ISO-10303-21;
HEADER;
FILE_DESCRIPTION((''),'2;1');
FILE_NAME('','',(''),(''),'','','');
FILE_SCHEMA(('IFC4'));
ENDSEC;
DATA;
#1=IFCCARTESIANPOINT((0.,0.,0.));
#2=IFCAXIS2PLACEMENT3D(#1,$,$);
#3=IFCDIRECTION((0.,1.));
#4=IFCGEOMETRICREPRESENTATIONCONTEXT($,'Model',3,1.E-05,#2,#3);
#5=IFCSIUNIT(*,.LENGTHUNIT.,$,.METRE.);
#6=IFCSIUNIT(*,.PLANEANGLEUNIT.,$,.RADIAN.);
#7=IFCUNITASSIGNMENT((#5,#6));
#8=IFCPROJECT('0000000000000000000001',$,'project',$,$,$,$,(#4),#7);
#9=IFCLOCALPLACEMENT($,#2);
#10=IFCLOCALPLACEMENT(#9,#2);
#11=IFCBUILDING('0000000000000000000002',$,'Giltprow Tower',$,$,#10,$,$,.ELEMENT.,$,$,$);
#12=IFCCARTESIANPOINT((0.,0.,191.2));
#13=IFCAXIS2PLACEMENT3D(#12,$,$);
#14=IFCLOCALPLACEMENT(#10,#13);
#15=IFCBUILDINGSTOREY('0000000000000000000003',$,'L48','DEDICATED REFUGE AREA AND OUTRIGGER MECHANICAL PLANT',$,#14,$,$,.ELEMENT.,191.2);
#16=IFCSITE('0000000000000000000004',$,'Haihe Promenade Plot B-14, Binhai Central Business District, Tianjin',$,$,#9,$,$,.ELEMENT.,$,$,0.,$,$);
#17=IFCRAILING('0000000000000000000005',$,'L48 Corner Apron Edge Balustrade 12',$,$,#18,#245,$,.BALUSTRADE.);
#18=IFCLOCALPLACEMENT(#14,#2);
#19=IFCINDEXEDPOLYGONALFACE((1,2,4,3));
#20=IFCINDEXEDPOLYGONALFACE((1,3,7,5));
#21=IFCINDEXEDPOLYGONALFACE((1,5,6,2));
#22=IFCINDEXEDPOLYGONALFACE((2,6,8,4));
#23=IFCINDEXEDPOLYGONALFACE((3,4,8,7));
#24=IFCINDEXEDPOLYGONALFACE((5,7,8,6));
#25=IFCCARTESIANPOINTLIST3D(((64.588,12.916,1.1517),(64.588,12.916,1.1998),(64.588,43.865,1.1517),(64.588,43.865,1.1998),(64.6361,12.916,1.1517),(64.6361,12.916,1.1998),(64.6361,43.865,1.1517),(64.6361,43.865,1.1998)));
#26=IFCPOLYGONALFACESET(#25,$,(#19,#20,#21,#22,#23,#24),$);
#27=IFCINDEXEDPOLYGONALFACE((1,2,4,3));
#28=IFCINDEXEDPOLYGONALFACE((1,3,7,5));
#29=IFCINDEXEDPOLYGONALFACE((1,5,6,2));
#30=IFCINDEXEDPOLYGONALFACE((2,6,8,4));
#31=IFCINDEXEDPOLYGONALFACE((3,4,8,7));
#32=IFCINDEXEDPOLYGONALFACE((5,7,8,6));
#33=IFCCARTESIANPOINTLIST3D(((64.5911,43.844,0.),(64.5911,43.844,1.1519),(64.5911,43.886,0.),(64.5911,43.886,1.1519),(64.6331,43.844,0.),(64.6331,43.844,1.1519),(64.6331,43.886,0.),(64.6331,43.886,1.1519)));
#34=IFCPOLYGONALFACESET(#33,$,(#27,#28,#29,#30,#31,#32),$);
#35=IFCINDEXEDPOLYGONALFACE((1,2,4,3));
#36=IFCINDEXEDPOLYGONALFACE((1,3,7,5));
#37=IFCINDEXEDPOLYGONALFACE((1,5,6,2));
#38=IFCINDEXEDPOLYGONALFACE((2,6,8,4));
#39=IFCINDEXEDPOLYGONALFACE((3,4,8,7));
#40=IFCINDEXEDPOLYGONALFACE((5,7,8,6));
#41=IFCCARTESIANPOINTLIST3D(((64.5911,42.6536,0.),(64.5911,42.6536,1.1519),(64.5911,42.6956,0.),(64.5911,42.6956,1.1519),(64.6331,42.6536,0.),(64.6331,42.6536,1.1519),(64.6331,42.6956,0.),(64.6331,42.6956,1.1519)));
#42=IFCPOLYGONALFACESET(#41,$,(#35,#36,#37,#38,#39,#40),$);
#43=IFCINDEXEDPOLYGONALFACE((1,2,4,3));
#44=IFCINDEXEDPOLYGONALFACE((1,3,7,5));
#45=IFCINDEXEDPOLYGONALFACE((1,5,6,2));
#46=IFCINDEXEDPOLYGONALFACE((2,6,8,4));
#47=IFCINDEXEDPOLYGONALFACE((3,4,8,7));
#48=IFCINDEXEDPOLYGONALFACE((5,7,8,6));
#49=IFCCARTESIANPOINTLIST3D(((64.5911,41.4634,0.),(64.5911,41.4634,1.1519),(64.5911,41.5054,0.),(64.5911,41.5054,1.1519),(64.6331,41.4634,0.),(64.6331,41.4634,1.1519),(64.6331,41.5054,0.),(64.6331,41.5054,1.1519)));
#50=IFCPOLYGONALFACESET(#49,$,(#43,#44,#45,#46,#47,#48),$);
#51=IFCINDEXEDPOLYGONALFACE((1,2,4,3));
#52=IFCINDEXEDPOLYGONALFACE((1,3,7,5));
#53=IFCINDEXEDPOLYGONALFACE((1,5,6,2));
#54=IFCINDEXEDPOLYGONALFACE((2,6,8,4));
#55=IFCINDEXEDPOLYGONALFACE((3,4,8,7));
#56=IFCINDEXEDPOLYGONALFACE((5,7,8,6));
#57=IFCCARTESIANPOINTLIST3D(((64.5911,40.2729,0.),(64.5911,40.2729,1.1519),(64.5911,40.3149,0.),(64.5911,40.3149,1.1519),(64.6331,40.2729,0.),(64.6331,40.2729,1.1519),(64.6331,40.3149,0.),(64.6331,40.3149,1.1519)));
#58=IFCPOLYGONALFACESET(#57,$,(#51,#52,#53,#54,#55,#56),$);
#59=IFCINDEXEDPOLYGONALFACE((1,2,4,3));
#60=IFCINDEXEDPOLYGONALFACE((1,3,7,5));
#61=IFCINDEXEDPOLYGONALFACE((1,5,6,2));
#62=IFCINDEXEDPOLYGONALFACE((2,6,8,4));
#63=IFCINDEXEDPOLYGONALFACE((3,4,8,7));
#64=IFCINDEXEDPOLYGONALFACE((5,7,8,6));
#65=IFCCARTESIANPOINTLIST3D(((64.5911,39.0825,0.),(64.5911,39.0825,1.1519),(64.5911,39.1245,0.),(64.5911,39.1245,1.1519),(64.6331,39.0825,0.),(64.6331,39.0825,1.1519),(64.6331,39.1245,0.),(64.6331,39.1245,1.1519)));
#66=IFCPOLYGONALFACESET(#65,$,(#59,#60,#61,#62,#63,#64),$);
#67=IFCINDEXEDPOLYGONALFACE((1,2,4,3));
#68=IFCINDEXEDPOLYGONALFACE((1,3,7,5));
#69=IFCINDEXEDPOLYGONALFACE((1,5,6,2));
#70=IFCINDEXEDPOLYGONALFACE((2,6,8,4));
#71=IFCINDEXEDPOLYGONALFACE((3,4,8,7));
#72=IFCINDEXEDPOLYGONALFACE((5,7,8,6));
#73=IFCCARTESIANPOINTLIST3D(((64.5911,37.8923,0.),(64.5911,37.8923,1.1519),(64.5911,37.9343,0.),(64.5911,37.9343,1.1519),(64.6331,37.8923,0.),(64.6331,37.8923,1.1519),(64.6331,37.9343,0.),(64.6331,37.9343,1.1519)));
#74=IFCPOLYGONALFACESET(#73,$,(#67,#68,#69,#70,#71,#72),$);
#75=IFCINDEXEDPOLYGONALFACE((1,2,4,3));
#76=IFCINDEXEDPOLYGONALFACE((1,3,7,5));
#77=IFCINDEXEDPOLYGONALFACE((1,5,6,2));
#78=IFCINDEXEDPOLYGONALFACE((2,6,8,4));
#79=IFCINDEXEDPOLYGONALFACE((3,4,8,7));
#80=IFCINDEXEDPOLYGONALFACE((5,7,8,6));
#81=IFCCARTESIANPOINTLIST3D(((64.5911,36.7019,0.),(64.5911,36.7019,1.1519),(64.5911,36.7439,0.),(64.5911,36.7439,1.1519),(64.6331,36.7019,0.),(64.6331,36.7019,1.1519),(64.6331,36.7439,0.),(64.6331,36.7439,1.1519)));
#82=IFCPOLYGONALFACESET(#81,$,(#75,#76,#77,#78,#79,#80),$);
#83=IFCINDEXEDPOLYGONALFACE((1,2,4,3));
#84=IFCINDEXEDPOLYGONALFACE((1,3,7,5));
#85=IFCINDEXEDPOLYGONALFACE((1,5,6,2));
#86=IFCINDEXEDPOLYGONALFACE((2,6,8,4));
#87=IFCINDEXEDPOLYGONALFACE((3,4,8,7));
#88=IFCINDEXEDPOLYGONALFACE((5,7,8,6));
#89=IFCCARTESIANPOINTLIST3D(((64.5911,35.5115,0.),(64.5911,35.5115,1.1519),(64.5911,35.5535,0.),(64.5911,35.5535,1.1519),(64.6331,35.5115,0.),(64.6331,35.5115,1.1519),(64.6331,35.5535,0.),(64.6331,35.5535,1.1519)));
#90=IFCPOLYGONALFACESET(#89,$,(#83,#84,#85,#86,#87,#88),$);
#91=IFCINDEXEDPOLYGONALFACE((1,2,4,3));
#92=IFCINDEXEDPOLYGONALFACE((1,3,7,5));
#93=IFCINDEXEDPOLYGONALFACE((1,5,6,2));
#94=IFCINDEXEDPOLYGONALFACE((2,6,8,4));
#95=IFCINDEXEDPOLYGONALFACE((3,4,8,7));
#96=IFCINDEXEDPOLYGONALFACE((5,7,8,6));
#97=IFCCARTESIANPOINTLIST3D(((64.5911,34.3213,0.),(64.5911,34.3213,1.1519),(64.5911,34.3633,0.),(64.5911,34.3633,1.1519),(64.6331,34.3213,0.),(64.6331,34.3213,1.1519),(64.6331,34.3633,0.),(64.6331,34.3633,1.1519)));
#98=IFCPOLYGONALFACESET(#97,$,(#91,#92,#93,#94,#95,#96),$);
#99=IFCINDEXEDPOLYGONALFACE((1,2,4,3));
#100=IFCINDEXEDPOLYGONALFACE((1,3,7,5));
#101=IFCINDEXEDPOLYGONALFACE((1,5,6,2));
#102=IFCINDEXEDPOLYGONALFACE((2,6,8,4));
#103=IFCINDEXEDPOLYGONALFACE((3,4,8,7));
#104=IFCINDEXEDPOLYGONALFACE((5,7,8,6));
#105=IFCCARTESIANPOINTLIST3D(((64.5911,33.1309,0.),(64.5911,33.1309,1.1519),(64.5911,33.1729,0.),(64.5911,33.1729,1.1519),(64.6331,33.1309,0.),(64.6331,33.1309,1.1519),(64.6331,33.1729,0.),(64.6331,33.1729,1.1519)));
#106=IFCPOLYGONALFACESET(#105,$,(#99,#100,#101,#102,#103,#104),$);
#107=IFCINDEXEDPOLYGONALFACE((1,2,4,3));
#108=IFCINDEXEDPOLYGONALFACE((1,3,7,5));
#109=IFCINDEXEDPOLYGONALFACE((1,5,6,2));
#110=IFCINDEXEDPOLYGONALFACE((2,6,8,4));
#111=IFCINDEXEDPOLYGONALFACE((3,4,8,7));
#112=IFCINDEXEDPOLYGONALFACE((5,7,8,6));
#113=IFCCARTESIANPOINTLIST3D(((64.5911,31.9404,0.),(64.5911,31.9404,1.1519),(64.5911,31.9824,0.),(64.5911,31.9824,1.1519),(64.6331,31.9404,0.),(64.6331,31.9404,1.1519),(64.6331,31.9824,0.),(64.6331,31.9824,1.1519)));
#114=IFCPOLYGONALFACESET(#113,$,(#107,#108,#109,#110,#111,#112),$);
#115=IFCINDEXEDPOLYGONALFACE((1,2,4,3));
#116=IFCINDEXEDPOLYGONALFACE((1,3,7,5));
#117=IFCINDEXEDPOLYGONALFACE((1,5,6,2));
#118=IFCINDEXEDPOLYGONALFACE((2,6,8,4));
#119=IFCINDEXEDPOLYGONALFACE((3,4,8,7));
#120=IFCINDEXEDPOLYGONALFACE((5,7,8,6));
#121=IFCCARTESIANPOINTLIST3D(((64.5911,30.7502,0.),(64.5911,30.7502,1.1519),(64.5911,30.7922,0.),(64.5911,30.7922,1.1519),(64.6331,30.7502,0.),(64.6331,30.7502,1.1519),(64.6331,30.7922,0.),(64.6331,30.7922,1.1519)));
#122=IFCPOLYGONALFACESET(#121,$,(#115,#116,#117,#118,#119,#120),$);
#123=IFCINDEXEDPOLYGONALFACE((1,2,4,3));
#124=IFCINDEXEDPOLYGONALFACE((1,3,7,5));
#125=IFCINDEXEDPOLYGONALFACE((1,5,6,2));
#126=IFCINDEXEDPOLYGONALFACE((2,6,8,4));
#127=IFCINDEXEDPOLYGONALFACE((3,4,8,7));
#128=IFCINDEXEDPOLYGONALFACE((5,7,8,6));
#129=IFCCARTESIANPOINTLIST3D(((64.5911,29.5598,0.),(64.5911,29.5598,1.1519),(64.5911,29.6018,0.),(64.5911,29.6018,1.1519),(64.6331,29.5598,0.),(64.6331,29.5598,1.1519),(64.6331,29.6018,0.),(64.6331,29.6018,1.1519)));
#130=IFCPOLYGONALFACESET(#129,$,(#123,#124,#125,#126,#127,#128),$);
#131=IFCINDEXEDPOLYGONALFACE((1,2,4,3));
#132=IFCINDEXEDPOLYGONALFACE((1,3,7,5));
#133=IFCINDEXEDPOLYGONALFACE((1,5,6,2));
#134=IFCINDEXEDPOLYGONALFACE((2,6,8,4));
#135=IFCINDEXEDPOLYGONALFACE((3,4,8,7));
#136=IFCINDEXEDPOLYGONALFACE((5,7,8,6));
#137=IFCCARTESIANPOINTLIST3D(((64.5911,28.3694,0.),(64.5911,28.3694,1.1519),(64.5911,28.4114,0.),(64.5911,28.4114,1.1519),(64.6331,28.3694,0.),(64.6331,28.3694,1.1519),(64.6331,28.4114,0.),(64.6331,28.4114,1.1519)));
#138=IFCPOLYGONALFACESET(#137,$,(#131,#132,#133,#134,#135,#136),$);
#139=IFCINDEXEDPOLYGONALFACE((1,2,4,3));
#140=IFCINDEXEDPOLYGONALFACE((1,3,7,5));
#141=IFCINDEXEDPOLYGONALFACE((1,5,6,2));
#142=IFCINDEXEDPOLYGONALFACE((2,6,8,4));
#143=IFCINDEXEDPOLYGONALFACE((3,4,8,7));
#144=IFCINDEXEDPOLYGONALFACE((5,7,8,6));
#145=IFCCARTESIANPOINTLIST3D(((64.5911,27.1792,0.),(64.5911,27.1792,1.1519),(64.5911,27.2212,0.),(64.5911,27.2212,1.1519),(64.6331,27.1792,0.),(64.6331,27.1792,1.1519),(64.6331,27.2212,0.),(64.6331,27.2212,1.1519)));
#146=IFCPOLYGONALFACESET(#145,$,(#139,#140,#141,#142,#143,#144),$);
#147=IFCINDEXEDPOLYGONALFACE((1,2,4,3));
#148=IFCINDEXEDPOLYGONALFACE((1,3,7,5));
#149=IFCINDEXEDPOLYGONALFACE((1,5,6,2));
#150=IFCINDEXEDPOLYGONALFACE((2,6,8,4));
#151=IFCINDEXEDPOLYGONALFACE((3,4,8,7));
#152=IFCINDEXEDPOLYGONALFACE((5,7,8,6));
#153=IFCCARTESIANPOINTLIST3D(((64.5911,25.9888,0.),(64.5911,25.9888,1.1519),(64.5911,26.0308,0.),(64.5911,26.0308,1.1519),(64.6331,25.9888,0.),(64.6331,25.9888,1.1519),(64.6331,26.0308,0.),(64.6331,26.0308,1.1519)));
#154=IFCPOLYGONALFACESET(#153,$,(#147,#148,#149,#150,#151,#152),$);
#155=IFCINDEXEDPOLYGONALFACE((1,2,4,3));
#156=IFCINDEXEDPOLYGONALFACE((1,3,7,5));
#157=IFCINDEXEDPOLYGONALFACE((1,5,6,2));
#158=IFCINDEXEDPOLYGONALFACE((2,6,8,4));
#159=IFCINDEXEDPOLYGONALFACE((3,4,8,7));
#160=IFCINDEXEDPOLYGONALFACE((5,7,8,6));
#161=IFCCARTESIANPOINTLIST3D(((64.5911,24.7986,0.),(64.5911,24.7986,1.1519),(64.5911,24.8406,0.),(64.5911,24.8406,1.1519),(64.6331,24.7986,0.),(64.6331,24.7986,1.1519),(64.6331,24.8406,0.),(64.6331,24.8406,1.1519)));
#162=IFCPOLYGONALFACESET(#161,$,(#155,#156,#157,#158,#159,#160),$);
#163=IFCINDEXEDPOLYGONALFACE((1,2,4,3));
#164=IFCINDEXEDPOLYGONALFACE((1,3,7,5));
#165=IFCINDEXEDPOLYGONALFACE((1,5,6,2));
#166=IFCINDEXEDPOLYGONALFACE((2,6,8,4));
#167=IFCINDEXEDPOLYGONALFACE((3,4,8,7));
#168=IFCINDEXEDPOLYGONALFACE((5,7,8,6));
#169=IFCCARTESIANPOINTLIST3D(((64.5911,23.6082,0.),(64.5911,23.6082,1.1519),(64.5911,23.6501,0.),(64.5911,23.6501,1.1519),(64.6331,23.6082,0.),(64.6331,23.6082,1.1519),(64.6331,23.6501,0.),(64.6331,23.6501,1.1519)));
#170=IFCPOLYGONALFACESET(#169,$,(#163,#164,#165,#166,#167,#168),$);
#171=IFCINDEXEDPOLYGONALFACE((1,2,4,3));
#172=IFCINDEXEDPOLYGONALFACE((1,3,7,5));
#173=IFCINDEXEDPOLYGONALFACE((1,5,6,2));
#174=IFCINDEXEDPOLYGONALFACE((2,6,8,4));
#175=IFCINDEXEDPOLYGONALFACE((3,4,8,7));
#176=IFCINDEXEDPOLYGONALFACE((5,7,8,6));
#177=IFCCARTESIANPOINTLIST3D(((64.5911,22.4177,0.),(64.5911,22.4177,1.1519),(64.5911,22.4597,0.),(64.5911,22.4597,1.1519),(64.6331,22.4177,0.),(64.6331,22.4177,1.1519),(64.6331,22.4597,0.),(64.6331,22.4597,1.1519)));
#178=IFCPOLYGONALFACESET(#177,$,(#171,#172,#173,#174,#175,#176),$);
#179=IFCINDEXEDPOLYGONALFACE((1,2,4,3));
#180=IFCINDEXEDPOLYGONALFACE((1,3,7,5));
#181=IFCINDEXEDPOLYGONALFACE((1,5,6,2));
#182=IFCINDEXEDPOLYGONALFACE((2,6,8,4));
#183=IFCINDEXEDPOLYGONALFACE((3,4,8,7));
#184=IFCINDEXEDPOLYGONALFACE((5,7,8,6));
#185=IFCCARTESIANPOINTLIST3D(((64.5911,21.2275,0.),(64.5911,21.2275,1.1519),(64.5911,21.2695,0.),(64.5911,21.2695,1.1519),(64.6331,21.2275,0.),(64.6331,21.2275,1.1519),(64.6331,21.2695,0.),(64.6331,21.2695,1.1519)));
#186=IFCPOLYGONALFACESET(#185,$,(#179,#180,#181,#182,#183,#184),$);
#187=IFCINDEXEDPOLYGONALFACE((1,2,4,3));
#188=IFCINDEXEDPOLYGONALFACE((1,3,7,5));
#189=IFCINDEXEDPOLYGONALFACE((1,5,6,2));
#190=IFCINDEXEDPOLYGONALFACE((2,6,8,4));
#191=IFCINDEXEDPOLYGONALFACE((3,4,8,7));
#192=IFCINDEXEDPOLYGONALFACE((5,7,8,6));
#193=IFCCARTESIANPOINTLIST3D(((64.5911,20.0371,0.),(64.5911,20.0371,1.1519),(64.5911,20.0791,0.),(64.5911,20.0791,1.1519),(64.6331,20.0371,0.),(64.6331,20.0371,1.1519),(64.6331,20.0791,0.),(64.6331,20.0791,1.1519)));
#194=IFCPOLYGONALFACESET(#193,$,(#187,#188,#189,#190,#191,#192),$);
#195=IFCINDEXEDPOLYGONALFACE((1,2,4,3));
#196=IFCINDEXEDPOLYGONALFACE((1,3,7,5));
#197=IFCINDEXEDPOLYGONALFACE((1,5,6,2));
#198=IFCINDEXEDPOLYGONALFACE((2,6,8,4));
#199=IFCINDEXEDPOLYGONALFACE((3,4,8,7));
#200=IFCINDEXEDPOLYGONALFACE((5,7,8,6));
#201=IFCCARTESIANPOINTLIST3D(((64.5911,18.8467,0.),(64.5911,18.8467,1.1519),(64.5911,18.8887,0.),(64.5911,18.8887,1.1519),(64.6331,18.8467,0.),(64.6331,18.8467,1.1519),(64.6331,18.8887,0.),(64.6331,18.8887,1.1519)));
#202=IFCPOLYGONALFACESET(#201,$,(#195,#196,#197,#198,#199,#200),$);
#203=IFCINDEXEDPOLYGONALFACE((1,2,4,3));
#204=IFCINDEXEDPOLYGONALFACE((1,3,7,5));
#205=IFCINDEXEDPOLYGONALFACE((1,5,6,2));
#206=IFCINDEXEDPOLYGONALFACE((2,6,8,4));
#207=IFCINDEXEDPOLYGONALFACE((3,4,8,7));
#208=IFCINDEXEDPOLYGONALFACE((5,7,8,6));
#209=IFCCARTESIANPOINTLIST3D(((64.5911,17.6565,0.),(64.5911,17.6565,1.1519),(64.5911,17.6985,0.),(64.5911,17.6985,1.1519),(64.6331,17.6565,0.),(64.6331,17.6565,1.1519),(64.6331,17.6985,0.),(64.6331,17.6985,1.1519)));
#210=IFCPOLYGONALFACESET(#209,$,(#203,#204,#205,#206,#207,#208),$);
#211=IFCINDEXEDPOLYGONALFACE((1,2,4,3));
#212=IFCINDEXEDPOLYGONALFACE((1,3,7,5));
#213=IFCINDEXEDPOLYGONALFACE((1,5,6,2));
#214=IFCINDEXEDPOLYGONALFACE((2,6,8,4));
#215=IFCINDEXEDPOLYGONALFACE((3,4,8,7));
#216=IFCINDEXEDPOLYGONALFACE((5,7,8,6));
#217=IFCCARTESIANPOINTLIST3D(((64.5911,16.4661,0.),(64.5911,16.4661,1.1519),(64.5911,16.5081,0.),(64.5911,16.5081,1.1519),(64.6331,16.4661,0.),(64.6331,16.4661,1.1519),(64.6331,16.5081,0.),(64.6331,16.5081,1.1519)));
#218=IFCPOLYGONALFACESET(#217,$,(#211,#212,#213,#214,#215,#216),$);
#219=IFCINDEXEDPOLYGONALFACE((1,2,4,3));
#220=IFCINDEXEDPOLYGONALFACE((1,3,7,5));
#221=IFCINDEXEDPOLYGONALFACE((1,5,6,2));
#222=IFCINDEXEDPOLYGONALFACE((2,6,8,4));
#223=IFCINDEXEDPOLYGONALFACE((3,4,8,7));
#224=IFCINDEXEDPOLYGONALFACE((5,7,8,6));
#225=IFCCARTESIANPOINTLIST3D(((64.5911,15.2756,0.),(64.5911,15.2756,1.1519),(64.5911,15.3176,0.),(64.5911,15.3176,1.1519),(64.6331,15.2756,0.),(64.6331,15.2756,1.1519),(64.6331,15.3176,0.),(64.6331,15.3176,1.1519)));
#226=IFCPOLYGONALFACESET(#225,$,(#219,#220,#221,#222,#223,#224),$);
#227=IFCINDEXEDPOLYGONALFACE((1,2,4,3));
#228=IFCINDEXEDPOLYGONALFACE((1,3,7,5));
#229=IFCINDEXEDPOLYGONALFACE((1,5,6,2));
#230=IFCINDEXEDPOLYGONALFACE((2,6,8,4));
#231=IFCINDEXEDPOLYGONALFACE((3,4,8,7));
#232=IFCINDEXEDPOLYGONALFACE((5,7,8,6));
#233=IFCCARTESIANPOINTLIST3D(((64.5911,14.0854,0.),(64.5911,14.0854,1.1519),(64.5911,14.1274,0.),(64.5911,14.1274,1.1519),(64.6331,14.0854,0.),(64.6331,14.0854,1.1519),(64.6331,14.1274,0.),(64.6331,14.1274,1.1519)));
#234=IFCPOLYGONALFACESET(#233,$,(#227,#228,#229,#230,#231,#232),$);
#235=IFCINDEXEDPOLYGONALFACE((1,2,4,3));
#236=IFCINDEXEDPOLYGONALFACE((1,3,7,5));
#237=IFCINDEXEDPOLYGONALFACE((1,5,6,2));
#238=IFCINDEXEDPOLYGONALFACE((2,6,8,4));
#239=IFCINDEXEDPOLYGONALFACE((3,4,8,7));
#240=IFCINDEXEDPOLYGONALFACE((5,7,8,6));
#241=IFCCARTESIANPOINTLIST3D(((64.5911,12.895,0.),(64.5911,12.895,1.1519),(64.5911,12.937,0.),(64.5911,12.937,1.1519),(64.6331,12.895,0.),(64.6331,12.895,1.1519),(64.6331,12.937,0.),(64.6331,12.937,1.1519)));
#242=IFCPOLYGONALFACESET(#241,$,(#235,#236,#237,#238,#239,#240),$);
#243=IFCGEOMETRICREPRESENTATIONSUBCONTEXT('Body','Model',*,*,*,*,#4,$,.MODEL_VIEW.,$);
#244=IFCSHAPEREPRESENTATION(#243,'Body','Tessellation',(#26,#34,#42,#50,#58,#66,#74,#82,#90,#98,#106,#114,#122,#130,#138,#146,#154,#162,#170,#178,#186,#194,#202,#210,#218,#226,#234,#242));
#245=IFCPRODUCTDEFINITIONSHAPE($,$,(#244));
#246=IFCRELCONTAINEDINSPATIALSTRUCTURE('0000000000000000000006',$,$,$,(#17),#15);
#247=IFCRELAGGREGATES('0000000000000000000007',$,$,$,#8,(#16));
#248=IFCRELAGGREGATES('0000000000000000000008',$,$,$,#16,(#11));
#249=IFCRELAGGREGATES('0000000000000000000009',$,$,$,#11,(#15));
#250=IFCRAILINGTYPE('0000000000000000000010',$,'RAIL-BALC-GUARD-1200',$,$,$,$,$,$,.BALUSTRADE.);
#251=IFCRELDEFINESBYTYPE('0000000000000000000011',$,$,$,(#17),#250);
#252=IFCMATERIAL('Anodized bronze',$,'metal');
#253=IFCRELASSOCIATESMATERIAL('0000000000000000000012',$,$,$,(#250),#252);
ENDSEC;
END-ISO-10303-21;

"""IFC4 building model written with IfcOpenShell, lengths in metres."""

from ifc_helpers import new_model, si_unit, direction, frame, origin, origin_2d, place, context, subcontext, project, spatial, rectangle, extrude, material, type_object, element, save


model = new_model("IFC4")

# Units and contexts
model_context = context("Model", 3, precision=1e-05, world=origin(), true_north=direction((0.0, 1.0)))
body_context = subcontext(model_context, "Body", "Model", "MODEL_VIEW")
ifc_project = project(units=[si_unit("LENGTHUNIT", "METRE"), si_unit("PLANEANGLEUNIT", "RADIAN")], contexts=[model_context])

# Site, building, storey
site_placement = place(None, origin())
site = spatial("IfcSite", under=ifc_project, at=site_placement, Name="Haihe Promenade Plot B-14, Binhai Central Business District, Tianjin", CompositionType="ELEMENT", RefElevation=0.0)
building_placement = place(site_placement, origin())
building = spatial("IfcBuilding", under=site, at=building_placement, Name="Giltprow Tower", CompositionType="ELEMENT")
storey_placement = place(building_placement, frame((0.0, 0.0, 191.2)))
storey = spatial("IfcBuildingStorey", under=building, at=storey_placement, Name="L48", Description="DEDICATED REFUGE AREA AND OUTRIGGER MECHANICAL PLANT", CompositionType="ELEMENT", Elevation=191.2)

# Railing
ifc_material_1 = material(Name="Anodized bronze", Category="metal")
railing_type_1 = type_object("IfcRailingType", Name="RAIL-BALC-GUARD-1200", PredefinedType="BALUSTRADE", material=ifc_material_1)
railing_1_placement = place(storey_placement, frame((64.6121, 43.865, 0.0)))
element("IfcRailing", 1, at=railing_1_placement, inside=storey, type_object=railing_type_1, Name="L48 Corner Apron Edge Balustrade 12", PredefinedType="BALUSTRADE", context=body_context, shape_type="SweptSolid", body=[
    extrude(rectangle(XDim=0.0481, YDim=0.0481, at=origin_2d()), frame((0.0, 0.0, 1.1758), z_axis=(0.0, -1.0, 0.0), x_axis=(1.0, 0.0, 0.0)), (0.0, 0.0, 1.0), 30.949),
    extrude(rectangle(XDim=0.042, YDim=0.042, at=origin_2d()), origin(), (0.0, 0.0, 1.0), 1.1519),
    extrude(rectangle(XDim=0.042, YDim=0.042, at=origin_2d()), frame((0.0, -1.1904, 0.0)), (0.0, 0.0, 1.0), 1.1519),
    extrude(rectangle(XDim=0.042, YDim=0.042, at=origin_2d()), frame((0.0, -2.3806, 0.0)), (0.0, 0.0, 1.0), 1.1519),
    extrude(rectangle(XDim=0.042, YDim=0.042, at=origin_2d()), frame((0.0, -3.571, 0.0)), (0.0, 0.0, 1.0), 1.1519),
    extrude(rectangle(XDim=0.042, YDim=0.042, at=origin_2d()), frame((0.0, -4.7615, 0.0)), (0.0, 0.0, 1.0), 1.1519),
    extrude(rectangle(XDim=0.042, YDim=0.042, at=origin_2d()), frame((0.0, -5.9517, 0.0)), (0.0, 0.0, 1.0), 1.1519),
    extrude(rectangle(XDim=0.042, YDim=0.042, at=origin_2d()), frame((0.0, -7.1421, 0.0)), (0.0, 0.0, 1.0), 1.1519),
    extrude(rectangle(XDim=0.042, YDim=0.042, at=origin_2d()), frame((0.0, -8.3325, 0.0)), (0.0, 0.0, 1.0), 1.1519),
    extrude(rectangle(XDim=0.042, YDim=0.042, at=origin_2d()), frame((0.0, -9.5227, 0.0)), (0.0, 0.0, 1.0), 1.1519),
    extrude(rectangle(XDim=0.042, YDim=0.042, at=origin_2d()), frame((0.0, -10.7131, 0.0)), (0.0, 0.0, 1.0), 1.1519),
    extrude(rectangle(XDim=0.042, YDim=0.042, at=origin_2d()), frame((0.0, -11.9036, 0.0)), (0.0, 0.0, 1.0), 1.1519),
    extrude(rectangle(XDim=0.042, YDim=0.042, at=origin_2d()), frame((0.0, -13.0938, 0.0)), (0.0, 0.0, 1.0), 1.1519),
    extrude(rectangle(XDim=0.042, YDim=0.042, at=origin_2d()), frame((0.0, -14.2842, 0.0)), (0.0, 0.0, 1.0), 1.1519),
    extrude(rectangle(XDim=0.042, YDim=0.042, at=origin_2d()), frame((0.0, -15.4746, 0.0)), (0.0, 0.0, 1.0), 1.1519),
    extrude(rectangle(XDim=0.042, YDim=0.042, at=origin_2d()), frame((0.0, -16.6648, 0.0)), (0.0, 0.0, 1.0), 1.1519),
    extrude(rectangle(XDim=0.042, YDim=0.042, at=origin_2d()), frame((0.0, -17.8552, 0.0)), (0.0, 0.0, 1.0), 1.1519),
    extrude(rectangle(XDim=0.042, YDim=0.042, at=origin_2d()), frame((0.0, -19.0454, 0.0)), (0.0, 0.0, 1.0), 1.1519),
    extrude(rectangle(XDim=0.042, YDim=0.042, at=origin_2d()), frame((0.0, -20.2358, 0.0)), (0.0, 0.0, 1.0), 1.1519),
    extrude(rectangle(XDim=0.042, YDim=0.042, at=origin_2d()), frame((0.0, -21.4263, 0.0)), (0.0, 0.0, 1.0), 1.1519),
    extrude(rectangle(XDim=0.042, YDim=0.042, at=origin_2d()), frame((0.0, -22.6165, 0.0)), (0.0, 0.0, 1.0), 1.1519),
    extrude(rectangle(XDim=0.042, YDim=0.042, at=origin_2d()), frame((0.0, -23.8069, 0.0)), (0.0, 0.0, 1.0), 1.1519),
    extrude(rectangle(XDim=0.042, YDim=0.042, at=origin_2d()), frame((0.0, -24.9973, 0.0)), (0.0, 0.0, 1.0), 1.1519),
    extrude(rectangle(XDim=0.042, YDim=0.042, at=origin_2d()), frame((0.0, -26.1875, 0.0)), (0.0, 0.0, 1.0), 1.1519),
    extrude(rectangle(XDim=0.042, YDim=0.042, at=origin_2d()), frame((0.0, -27.3779, 0.0)), (0.0, 0.0, 1.0), 1.1519),
    extrude(rectangle(XDim=0.042, YDim=0.042, at=origin_2d()), frame((0.0, -28.5684, 0.0)), (0.0, 0.0, 1.0), 1.1519),
    extrude(rectangle(XDim=0.042, YDim=0.042, at=origin_2d()), frame((0.0, -29.7585, 0.0)), (0.0, 0.0, 1.0), 1.1519),
    extrude(rectangle(XDim=0.042, YDim=0.042, at=origin_2d()), frame((0.0, -30.949, 0.0)), (0.0, 0.0, 1.0), 1.1519),
])

save(model, "model.ifc")
